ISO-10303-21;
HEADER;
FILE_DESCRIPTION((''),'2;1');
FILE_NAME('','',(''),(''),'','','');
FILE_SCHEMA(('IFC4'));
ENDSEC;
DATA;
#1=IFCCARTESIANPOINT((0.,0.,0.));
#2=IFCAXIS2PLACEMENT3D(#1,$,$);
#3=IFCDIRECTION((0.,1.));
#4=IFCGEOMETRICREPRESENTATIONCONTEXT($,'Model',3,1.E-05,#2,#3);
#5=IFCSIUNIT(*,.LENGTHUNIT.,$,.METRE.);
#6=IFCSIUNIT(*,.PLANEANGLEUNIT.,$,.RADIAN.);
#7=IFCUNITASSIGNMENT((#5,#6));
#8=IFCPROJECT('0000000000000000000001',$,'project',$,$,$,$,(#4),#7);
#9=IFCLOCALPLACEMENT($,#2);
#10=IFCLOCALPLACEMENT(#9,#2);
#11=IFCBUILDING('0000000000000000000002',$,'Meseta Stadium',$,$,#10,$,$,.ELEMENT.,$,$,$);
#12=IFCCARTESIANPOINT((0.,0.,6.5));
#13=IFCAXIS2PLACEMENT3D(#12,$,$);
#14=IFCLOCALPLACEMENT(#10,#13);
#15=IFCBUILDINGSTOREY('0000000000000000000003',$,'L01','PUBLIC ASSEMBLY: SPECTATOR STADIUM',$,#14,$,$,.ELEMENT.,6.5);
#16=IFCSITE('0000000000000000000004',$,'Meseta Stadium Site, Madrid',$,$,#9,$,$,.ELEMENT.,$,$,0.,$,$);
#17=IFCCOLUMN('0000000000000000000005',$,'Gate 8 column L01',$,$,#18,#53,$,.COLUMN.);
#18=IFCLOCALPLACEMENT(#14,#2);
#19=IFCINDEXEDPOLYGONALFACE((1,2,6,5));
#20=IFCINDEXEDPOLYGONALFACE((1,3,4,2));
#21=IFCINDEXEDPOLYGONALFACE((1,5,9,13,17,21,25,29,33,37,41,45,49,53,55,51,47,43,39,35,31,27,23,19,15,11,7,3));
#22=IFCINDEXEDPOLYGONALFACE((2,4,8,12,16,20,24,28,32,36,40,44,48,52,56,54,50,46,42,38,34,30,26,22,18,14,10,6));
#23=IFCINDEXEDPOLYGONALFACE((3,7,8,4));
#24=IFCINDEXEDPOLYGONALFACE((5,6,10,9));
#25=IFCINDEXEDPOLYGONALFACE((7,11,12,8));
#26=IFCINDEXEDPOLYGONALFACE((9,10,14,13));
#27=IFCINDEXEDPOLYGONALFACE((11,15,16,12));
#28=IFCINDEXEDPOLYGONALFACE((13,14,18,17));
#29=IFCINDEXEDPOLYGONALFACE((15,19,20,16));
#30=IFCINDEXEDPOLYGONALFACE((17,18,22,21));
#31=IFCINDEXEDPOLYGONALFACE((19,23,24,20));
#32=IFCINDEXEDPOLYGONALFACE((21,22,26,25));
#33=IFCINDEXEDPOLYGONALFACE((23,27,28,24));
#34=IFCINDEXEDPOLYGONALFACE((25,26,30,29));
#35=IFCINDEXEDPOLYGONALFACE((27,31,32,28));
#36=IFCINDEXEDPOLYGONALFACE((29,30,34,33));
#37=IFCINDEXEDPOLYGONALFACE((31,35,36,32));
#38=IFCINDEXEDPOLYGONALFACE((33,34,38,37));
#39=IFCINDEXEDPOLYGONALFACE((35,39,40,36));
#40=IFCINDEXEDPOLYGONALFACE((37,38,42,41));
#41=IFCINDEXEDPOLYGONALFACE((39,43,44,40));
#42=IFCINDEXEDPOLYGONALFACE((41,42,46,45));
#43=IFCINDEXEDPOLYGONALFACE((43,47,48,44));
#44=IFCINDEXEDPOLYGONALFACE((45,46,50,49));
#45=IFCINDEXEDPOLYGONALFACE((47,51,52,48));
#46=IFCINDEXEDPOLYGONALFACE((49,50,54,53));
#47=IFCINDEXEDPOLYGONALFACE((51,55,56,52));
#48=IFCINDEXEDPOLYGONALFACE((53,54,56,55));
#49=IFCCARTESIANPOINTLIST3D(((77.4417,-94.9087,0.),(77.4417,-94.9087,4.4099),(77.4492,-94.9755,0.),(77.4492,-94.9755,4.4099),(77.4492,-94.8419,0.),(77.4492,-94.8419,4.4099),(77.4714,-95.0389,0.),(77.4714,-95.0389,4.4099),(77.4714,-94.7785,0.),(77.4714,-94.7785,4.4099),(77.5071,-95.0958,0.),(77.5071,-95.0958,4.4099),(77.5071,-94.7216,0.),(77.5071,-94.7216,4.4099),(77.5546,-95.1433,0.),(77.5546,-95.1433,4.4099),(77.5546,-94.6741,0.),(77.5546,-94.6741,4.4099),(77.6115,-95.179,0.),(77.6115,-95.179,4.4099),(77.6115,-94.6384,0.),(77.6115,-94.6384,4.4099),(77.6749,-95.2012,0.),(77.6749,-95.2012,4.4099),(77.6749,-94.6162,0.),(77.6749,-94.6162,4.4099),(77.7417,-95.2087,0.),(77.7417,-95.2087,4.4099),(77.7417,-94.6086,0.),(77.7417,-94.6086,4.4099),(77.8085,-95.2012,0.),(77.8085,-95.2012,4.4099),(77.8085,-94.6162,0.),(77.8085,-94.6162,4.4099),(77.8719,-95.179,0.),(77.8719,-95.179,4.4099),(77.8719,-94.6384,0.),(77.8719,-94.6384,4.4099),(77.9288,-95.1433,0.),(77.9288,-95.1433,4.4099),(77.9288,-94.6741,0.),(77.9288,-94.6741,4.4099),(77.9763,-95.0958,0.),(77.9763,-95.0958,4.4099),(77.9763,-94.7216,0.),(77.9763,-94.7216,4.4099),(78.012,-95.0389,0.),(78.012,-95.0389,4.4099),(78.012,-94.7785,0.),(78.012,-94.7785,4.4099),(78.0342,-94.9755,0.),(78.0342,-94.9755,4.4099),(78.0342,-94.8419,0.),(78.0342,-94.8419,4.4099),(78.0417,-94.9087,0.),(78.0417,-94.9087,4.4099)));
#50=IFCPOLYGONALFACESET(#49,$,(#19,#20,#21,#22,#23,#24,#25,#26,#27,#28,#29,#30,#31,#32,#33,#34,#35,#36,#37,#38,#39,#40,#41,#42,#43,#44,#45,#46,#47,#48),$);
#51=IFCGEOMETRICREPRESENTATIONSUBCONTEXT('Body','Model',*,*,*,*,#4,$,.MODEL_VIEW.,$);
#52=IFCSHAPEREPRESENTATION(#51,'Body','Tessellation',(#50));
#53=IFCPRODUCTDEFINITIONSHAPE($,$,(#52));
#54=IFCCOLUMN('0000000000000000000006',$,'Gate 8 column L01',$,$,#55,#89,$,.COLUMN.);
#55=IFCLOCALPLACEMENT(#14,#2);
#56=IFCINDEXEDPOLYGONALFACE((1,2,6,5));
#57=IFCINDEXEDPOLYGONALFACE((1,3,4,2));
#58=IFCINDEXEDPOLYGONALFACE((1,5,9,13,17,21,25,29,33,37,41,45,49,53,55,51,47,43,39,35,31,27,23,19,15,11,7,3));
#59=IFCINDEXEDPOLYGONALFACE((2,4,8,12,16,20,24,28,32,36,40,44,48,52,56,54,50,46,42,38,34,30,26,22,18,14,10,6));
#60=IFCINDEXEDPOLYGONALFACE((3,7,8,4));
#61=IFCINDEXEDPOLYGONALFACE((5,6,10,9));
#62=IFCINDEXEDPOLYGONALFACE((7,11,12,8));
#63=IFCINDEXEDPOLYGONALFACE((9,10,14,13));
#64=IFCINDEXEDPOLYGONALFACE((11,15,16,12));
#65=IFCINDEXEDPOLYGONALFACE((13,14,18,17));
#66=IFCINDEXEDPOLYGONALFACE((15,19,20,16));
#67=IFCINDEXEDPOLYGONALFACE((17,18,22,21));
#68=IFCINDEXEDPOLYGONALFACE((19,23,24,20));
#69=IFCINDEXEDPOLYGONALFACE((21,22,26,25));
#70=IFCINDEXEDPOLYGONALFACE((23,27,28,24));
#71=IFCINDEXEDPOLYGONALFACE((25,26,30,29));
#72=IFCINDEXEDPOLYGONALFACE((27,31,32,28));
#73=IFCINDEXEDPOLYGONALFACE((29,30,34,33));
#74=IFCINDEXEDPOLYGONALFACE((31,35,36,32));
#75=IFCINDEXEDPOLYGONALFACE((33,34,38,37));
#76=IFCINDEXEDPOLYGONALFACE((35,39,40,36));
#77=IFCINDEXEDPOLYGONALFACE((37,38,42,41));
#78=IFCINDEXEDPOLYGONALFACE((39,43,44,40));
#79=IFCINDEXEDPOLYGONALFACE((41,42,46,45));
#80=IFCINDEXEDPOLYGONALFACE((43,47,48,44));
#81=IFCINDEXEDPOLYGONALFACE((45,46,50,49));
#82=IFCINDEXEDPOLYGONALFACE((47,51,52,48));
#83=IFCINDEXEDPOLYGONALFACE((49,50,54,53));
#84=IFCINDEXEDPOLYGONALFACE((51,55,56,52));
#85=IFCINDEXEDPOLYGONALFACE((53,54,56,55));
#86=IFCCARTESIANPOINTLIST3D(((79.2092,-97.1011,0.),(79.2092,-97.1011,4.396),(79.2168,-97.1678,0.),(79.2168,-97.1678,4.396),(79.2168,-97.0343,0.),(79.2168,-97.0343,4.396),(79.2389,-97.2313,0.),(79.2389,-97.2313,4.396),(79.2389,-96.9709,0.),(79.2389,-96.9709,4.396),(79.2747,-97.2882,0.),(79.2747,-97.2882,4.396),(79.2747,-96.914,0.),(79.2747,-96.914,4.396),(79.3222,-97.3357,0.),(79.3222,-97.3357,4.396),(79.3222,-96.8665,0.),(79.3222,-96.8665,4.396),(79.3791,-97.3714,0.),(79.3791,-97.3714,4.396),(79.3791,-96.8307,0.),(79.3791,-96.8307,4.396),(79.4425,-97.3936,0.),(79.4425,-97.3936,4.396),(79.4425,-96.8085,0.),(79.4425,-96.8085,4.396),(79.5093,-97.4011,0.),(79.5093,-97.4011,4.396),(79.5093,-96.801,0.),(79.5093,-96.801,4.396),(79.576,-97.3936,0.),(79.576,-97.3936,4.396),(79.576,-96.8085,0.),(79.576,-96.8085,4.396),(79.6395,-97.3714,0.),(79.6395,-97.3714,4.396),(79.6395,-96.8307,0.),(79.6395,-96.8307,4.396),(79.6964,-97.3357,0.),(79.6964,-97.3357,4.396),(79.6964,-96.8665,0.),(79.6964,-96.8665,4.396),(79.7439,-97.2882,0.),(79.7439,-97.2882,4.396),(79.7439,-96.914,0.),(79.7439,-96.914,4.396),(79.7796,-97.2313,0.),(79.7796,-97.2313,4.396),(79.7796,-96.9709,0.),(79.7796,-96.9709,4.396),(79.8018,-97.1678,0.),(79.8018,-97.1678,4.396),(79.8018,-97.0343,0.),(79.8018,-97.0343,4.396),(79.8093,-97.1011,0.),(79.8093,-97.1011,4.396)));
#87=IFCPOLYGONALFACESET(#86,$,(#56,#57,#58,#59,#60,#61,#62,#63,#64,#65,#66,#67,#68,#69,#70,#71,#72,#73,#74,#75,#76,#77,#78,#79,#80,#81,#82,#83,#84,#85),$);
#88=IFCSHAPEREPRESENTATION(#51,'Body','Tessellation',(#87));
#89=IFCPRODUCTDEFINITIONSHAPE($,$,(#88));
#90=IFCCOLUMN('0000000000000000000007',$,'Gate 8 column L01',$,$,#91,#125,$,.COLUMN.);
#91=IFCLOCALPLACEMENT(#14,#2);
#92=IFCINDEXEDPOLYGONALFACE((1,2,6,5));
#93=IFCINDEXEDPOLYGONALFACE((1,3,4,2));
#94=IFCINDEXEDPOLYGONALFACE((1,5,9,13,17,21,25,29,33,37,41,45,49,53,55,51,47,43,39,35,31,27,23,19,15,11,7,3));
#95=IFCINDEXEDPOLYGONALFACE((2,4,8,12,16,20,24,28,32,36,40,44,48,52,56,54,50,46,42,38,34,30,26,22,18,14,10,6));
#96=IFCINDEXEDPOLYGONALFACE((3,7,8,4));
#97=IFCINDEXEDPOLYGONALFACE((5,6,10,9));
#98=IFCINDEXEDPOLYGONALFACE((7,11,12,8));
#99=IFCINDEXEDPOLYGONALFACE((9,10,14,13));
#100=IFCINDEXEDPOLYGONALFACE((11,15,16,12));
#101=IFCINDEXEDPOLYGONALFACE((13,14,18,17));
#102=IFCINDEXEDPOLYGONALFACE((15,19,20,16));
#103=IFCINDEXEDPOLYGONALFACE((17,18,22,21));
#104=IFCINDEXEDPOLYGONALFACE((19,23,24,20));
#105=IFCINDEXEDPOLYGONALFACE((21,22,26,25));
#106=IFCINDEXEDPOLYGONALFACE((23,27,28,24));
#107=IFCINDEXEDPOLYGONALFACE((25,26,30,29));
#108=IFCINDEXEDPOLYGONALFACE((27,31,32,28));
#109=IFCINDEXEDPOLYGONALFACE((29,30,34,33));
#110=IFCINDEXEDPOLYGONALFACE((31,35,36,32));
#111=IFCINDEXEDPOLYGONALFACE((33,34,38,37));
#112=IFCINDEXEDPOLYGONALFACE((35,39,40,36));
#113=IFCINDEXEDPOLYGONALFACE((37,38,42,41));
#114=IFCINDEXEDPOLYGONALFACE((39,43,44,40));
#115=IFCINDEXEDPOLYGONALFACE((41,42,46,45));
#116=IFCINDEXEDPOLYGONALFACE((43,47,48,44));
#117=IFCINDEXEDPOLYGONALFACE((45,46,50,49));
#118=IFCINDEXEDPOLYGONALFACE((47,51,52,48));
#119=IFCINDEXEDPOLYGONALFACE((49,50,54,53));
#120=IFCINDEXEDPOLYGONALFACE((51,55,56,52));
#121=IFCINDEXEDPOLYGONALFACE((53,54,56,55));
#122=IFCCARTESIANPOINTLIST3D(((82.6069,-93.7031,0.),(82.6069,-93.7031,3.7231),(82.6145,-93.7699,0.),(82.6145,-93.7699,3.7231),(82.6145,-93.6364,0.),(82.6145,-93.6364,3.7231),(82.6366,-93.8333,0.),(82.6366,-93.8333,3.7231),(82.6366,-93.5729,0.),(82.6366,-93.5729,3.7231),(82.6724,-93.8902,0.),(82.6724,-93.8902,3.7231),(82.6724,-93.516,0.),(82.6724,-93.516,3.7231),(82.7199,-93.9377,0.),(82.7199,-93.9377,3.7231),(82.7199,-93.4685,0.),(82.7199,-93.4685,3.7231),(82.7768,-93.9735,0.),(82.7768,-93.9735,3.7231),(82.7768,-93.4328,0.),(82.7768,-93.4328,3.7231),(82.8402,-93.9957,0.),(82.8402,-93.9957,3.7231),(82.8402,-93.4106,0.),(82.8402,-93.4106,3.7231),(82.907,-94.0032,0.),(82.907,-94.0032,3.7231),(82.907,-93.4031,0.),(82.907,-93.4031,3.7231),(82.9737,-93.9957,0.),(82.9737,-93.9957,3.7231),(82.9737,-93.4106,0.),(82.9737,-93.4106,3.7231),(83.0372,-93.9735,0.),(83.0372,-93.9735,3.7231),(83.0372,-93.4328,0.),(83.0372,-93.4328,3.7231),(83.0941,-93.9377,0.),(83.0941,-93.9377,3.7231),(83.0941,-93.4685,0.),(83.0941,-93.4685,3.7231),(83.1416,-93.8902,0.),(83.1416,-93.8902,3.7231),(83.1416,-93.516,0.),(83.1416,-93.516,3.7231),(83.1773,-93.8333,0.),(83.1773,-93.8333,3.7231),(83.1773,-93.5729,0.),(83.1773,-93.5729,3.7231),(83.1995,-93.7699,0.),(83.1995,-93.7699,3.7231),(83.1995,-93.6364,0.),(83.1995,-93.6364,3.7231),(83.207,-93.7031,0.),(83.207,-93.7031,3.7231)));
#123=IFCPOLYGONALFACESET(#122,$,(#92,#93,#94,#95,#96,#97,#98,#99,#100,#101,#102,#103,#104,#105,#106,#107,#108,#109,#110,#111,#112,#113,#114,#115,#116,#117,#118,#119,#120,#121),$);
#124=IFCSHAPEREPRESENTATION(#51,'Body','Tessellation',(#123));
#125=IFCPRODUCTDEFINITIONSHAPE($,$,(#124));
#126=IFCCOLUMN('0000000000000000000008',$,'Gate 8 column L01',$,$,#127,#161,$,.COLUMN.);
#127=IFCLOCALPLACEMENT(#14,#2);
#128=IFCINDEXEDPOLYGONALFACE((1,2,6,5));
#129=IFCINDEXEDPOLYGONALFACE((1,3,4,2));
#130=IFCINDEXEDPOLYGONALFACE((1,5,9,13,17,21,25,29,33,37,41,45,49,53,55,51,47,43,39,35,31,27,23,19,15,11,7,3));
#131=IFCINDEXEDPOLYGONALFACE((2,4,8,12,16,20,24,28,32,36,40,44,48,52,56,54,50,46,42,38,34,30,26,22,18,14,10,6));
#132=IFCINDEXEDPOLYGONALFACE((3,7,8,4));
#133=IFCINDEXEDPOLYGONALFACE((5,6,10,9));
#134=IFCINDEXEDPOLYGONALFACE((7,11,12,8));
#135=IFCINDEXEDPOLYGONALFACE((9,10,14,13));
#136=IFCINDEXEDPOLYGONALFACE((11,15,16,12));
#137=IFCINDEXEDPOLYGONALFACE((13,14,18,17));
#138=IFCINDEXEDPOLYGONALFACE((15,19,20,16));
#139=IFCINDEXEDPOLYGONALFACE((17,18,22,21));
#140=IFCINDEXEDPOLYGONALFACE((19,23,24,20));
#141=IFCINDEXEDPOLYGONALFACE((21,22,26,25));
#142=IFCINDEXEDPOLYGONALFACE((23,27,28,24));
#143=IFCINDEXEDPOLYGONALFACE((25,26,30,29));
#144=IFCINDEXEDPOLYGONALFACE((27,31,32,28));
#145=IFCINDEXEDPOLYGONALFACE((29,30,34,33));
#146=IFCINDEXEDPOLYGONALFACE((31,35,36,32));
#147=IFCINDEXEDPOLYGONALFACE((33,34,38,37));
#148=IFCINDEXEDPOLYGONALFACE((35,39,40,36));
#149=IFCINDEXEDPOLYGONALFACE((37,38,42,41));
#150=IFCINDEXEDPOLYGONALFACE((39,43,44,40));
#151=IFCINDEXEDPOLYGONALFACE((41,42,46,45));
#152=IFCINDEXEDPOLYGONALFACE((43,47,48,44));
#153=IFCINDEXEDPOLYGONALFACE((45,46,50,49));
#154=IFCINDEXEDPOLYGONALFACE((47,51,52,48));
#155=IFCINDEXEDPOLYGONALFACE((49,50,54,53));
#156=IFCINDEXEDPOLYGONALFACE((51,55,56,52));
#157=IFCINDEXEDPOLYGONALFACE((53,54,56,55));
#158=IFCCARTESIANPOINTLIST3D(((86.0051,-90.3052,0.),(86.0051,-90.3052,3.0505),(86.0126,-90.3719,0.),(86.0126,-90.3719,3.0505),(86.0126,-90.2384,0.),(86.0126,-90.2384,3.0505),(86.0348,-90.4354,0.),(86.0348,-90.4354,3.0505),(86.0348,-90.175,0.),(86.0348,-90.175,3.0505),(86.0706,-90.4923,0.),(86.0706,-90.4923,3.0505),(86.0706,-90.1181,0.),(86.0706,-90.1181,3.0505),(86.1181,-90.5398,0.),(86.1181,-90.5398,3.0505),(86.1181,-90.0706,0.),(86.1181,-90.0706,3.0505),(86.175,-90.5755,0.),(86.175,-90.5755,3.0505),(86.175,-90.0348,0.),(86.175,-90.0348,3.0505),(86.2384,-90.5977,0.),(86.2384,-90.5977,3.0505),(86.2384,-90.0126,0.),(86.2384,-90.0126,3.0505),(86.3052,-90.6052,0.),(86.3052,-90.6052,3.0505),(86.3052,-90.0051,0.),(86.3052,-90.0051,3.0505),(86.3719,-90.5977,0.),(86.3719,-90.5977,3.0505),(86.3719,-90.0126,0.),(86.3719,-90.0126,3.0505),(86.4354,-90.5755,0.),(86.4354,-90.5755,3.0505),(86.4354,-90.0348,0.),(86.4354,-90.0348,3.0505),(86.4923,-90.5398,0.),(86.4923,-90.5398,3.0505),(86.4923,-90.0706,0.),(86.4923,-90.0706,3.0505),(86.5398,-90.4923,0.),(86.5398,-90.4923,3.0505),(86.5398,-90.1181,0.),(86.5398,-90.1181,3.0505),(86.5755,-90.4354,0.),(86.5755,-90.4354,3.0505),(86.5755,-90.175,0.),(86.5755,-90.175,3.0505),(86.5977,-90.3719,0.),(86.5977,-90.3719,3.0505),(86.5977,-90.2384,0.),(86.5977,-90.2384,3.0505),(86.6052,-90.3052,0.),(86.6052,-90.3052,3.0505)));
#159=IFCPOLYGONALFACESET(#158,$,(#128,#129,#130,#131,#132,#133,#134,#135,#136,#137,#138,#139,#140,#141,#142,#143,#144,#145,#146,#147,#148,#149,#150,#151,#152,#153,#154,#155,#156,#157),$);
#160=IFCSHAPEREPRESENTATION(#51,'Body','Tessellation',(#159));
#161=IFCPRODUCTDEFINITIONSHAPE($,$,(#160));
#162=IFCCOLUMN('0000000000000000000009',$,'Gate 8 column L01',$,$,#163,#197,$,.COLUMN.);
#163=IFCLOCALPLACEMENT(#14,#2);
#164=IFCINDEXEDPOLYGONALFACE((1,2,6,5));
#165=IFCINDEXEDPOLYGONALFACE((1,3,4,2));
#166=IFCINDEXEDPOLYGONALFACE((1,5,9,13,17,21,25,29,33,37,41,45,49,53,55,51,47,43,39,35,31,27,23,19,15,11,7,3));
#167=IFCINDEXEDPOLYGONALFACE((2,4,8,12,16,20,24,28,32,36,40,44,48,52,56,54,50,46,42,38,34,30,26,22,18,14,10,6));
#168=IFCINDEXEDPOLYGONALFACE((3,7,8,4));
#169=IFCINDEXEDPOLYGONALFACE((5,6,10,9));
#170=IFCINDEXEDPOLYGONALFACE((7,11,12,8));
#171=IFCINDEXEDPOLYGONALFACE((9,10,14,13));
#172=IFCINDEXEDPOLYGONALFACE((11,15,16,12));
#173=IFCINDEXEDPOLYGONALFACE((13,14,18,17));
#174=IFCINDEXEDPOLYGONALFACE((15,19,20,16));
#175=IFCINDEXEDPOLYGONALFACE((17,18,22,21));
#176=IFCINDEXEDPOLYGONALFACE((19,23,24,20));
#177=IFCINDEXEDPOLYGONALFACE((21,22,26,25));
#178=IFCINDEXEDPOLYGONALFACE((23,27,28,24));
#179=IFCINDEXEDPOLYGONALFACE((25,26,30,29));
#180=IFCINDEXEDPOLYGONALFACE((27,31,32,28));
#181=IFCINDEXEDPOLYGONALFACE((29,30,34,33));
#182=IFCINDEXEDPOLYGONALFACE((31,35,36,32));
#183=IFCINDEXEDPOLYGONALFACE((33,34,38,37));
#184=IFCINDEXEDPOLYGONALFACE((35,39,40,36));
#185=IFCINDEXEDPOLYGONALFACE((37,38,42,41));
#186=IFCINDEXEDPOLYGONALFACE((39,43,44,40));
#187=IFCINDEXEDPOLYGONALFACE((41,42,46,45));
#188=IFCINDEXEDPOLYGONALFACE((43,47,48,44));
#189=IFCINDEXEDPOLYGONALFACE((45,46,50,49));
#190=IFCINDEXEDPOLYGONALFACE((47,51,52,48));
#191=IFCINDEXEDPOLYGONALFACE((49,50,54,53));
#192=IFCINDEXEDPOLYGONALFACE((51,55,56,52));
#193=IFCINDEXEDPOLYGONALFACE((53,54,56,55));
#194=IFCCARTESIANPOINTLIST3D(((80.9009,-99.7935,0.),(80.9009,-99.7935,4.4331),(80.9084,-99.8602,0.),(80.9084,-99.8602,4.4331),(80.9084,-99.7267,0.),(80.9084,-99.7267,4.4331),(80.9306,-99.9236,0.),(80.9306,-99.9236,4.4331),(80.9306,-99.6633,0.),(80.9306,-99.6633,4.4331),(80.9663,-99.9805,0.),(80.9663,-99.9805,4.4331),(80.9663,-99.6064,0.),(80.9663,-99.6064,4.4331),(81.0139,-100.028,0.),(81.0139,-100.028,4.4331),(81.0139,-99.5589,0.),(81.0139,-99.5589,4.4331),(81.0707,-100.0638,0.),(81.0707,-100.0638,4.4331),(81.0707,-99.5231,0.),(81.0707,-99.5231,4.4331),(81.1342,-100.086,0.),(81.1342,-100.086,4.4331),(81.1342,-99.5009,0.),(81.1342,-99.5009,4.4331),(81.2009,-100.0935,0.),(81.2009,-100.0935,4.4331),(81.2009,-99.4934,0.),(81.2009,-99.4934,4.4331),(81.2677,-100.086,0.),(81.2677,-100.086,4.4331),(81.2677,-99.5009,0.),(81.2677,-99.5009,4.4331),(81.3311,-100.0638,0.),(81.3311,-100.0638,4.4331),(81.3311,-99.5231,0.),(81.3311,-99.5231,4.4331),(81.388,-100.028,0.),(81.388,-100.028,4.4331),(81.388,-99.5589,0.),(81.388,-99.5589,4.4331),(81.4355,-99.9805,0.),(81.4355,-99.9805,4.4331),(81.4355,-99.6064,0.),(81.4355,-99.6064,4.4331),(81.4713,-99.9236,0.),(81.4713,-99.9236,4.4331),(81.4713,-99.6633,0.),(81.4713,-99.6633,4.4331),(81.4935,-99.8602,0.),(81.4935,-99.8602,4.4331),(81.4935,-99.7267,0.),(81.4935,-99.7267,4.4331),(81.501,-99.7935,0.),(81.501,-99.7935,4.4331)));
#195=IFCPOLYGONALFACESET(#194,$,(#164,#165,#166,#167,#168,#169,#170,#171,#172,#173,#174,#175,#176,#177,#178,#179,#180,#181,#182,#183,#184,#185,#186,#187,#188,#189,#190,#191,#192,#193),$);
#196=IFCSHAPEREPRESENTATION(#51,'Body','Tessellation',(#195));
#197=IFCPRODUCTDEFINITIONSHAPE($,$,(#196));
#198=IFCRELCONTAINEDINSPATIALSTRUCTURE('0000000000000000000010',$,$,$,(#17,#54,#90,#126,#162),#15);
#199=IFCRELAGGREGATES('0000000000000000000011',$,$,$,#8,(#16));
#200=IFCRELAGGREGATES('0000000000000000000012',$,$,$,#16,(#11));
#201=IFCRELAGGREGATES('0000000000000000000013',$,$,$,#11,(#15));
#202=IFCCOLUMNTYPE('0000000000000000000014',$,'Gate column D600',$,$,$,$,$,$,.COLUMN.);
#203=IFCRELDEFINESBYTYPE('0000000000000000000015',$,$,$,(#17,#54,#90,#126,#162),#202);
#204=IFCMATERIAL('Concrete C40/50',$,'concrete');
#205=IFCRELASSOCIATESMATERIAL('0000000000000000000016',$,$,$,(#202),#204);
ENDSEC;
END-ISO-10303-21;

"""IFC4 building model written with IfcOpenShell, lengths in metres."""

from ifc_helpers import new_model, si_unit, direction, frame, origin, origin_2d, place, context, subcontext, project, spatial, circle, extrude, material, material_profile, profile_set, type_object, element, save


model = new_model("IFC4")

# Units and contexts
model_context = context("Model", 3, precision=1e-05, world=origin(), true_north=direction((0.0, 1.0)))
body_context = subcontext(model_context, "Body", "Model", "MODEL_VIEW")
ifc_project = project(units=[si_unit("LENGTHUNIT", "METRE"), si_unit("PLANEANGLEUNIT", "RADIAN")], contexts=[model_context])

# Site, building, storey
site_placement = place(None, origin())
site = spatial("IfcSite", under=ifc_project, at=site_placement, Name="Meseta Stadium Site, Madrid", CompositionType="ELEMENT", RefElevation=0.0)
building_placement = place(site_placement, origin())
building = spatial("IfcBuilding", under=site, at=building_placement, Name="Meseta Stadium", CompositionType="ELEMENT")
storey_placement = place(building_placement, frame((0.0, 0.0, 6.5)))
storey = spatial("IfcBuildingStorey", under=building, at=storey_placement, Name="L01", Description="PUBLIC ASSEMBLY: SPECTATOR STADIUM", CompositionType="ELEMENT", Elevation=6.5)

# Columns
ifc_material_1 = material(Name="Concrete C40/50", Category="concrete")
ifc_material_profile_1 = material_profile(ifc_material_1, circle(Radius=0.3, at=origin_2d()), Name="RC D600")
ifc_profile_set_1 = profile_set([ifc_material_profile_1], Name="Concrete C40/50")
column_type = type_object("IfcColumnType", Name="Gate column D600", PredefinedType="COLUMN", material=ifc_profile_set_1)
column_1_placement = place(storey_placement, frame((77.7417, -94.9087, 0.0), z_axis=(0.0, 0.0, 1.0), x_axis=(1.0, 0.0, 0.0)))
element("IfcColumn", 1, at=column_1_placement, inside=storey, type_object=column_type, Name="Gate 8 column L01", PredefinedType="COLUMN", context=body_context, shape_type="SweptSolid", body=[
    extrude(circle(Radius=0.3, at=origin_2d()), origin(), (0.0, 0.0, 1.0), 4.4099),
])
column_2_placement = place(storey_placement, frame((79.5093, -97.1011, 0.0), z_axis=(0.0, 0.0, 1.0), x_axis=(1.0, 0.0, 0.0)))
element("IfcColumn", 2, at=column_2_placement, inside=storey, type_object=column_type, Name="Gate 8 column L01", PredefinedType="COLUMN", context=body_context, shape_type="SweptSolid", body=[
    extrude(circle(Radius=0.3, at=origin_2d()), origin(), (0.0, 0.0, 1.0), 4.396),
])
column_3_placement = place(storey_placement, frame((82.907, -93.7031, 0.0), z_axis=(0.0, 0.0, 1.0), x_axis=(1.0, 0.0, 0.0)))
element("IfcColumn", 3, at=column_3_placement, inside=storey, type_object=column_type, Name="Gate 8 column L01", PredefinedType="COLUMN", context=body_context, shape_type="SweptSolid", body=[
    extrude(circle(Radius=0.3, at=origin_2d()), origin(), (0.0, 0.0, 1.0), 3.7231),
])
column_4_placement = place(storey_placement, frame((86.3052, -90.3052, 0.0), z_axis=(0.0, 0.0, 1.0), x_axis=(1.0, 0.0, 0.0)))
element("IfcColumn", 4, at=column_4_placement, inside=storey, type_object=column_type, Name="Gate 8 column L01", PredefinedType="COLUMN", context=body_context, shape_type="SweptSolid", body=[
    extrude(circle(Radius=0.3, at=origin_2d()), origin(), (0.0, 0.0, 1.0), 3.0505),
])
column_5_placement = place(storey_placement, frame((81.2009, -99.7935, 0.0), z_axis=(0.0, 0.0, 1.0), x_axis=(1.0, 0.0, 0.0)))
element("IfcColumn", 5, at=column_5_placement, inside=storey, type_object=column_type, Name="Gate 8 column L01", PredefinedType="COLUMN", context=body_context, shape_type="SweptSolid", body=[
    extrude(circle(Radius=0.3, at=origin_2d()), origin(), (0.0, 0.0, 1.0), 4.4331),
])

save(model, "model.ifc")
